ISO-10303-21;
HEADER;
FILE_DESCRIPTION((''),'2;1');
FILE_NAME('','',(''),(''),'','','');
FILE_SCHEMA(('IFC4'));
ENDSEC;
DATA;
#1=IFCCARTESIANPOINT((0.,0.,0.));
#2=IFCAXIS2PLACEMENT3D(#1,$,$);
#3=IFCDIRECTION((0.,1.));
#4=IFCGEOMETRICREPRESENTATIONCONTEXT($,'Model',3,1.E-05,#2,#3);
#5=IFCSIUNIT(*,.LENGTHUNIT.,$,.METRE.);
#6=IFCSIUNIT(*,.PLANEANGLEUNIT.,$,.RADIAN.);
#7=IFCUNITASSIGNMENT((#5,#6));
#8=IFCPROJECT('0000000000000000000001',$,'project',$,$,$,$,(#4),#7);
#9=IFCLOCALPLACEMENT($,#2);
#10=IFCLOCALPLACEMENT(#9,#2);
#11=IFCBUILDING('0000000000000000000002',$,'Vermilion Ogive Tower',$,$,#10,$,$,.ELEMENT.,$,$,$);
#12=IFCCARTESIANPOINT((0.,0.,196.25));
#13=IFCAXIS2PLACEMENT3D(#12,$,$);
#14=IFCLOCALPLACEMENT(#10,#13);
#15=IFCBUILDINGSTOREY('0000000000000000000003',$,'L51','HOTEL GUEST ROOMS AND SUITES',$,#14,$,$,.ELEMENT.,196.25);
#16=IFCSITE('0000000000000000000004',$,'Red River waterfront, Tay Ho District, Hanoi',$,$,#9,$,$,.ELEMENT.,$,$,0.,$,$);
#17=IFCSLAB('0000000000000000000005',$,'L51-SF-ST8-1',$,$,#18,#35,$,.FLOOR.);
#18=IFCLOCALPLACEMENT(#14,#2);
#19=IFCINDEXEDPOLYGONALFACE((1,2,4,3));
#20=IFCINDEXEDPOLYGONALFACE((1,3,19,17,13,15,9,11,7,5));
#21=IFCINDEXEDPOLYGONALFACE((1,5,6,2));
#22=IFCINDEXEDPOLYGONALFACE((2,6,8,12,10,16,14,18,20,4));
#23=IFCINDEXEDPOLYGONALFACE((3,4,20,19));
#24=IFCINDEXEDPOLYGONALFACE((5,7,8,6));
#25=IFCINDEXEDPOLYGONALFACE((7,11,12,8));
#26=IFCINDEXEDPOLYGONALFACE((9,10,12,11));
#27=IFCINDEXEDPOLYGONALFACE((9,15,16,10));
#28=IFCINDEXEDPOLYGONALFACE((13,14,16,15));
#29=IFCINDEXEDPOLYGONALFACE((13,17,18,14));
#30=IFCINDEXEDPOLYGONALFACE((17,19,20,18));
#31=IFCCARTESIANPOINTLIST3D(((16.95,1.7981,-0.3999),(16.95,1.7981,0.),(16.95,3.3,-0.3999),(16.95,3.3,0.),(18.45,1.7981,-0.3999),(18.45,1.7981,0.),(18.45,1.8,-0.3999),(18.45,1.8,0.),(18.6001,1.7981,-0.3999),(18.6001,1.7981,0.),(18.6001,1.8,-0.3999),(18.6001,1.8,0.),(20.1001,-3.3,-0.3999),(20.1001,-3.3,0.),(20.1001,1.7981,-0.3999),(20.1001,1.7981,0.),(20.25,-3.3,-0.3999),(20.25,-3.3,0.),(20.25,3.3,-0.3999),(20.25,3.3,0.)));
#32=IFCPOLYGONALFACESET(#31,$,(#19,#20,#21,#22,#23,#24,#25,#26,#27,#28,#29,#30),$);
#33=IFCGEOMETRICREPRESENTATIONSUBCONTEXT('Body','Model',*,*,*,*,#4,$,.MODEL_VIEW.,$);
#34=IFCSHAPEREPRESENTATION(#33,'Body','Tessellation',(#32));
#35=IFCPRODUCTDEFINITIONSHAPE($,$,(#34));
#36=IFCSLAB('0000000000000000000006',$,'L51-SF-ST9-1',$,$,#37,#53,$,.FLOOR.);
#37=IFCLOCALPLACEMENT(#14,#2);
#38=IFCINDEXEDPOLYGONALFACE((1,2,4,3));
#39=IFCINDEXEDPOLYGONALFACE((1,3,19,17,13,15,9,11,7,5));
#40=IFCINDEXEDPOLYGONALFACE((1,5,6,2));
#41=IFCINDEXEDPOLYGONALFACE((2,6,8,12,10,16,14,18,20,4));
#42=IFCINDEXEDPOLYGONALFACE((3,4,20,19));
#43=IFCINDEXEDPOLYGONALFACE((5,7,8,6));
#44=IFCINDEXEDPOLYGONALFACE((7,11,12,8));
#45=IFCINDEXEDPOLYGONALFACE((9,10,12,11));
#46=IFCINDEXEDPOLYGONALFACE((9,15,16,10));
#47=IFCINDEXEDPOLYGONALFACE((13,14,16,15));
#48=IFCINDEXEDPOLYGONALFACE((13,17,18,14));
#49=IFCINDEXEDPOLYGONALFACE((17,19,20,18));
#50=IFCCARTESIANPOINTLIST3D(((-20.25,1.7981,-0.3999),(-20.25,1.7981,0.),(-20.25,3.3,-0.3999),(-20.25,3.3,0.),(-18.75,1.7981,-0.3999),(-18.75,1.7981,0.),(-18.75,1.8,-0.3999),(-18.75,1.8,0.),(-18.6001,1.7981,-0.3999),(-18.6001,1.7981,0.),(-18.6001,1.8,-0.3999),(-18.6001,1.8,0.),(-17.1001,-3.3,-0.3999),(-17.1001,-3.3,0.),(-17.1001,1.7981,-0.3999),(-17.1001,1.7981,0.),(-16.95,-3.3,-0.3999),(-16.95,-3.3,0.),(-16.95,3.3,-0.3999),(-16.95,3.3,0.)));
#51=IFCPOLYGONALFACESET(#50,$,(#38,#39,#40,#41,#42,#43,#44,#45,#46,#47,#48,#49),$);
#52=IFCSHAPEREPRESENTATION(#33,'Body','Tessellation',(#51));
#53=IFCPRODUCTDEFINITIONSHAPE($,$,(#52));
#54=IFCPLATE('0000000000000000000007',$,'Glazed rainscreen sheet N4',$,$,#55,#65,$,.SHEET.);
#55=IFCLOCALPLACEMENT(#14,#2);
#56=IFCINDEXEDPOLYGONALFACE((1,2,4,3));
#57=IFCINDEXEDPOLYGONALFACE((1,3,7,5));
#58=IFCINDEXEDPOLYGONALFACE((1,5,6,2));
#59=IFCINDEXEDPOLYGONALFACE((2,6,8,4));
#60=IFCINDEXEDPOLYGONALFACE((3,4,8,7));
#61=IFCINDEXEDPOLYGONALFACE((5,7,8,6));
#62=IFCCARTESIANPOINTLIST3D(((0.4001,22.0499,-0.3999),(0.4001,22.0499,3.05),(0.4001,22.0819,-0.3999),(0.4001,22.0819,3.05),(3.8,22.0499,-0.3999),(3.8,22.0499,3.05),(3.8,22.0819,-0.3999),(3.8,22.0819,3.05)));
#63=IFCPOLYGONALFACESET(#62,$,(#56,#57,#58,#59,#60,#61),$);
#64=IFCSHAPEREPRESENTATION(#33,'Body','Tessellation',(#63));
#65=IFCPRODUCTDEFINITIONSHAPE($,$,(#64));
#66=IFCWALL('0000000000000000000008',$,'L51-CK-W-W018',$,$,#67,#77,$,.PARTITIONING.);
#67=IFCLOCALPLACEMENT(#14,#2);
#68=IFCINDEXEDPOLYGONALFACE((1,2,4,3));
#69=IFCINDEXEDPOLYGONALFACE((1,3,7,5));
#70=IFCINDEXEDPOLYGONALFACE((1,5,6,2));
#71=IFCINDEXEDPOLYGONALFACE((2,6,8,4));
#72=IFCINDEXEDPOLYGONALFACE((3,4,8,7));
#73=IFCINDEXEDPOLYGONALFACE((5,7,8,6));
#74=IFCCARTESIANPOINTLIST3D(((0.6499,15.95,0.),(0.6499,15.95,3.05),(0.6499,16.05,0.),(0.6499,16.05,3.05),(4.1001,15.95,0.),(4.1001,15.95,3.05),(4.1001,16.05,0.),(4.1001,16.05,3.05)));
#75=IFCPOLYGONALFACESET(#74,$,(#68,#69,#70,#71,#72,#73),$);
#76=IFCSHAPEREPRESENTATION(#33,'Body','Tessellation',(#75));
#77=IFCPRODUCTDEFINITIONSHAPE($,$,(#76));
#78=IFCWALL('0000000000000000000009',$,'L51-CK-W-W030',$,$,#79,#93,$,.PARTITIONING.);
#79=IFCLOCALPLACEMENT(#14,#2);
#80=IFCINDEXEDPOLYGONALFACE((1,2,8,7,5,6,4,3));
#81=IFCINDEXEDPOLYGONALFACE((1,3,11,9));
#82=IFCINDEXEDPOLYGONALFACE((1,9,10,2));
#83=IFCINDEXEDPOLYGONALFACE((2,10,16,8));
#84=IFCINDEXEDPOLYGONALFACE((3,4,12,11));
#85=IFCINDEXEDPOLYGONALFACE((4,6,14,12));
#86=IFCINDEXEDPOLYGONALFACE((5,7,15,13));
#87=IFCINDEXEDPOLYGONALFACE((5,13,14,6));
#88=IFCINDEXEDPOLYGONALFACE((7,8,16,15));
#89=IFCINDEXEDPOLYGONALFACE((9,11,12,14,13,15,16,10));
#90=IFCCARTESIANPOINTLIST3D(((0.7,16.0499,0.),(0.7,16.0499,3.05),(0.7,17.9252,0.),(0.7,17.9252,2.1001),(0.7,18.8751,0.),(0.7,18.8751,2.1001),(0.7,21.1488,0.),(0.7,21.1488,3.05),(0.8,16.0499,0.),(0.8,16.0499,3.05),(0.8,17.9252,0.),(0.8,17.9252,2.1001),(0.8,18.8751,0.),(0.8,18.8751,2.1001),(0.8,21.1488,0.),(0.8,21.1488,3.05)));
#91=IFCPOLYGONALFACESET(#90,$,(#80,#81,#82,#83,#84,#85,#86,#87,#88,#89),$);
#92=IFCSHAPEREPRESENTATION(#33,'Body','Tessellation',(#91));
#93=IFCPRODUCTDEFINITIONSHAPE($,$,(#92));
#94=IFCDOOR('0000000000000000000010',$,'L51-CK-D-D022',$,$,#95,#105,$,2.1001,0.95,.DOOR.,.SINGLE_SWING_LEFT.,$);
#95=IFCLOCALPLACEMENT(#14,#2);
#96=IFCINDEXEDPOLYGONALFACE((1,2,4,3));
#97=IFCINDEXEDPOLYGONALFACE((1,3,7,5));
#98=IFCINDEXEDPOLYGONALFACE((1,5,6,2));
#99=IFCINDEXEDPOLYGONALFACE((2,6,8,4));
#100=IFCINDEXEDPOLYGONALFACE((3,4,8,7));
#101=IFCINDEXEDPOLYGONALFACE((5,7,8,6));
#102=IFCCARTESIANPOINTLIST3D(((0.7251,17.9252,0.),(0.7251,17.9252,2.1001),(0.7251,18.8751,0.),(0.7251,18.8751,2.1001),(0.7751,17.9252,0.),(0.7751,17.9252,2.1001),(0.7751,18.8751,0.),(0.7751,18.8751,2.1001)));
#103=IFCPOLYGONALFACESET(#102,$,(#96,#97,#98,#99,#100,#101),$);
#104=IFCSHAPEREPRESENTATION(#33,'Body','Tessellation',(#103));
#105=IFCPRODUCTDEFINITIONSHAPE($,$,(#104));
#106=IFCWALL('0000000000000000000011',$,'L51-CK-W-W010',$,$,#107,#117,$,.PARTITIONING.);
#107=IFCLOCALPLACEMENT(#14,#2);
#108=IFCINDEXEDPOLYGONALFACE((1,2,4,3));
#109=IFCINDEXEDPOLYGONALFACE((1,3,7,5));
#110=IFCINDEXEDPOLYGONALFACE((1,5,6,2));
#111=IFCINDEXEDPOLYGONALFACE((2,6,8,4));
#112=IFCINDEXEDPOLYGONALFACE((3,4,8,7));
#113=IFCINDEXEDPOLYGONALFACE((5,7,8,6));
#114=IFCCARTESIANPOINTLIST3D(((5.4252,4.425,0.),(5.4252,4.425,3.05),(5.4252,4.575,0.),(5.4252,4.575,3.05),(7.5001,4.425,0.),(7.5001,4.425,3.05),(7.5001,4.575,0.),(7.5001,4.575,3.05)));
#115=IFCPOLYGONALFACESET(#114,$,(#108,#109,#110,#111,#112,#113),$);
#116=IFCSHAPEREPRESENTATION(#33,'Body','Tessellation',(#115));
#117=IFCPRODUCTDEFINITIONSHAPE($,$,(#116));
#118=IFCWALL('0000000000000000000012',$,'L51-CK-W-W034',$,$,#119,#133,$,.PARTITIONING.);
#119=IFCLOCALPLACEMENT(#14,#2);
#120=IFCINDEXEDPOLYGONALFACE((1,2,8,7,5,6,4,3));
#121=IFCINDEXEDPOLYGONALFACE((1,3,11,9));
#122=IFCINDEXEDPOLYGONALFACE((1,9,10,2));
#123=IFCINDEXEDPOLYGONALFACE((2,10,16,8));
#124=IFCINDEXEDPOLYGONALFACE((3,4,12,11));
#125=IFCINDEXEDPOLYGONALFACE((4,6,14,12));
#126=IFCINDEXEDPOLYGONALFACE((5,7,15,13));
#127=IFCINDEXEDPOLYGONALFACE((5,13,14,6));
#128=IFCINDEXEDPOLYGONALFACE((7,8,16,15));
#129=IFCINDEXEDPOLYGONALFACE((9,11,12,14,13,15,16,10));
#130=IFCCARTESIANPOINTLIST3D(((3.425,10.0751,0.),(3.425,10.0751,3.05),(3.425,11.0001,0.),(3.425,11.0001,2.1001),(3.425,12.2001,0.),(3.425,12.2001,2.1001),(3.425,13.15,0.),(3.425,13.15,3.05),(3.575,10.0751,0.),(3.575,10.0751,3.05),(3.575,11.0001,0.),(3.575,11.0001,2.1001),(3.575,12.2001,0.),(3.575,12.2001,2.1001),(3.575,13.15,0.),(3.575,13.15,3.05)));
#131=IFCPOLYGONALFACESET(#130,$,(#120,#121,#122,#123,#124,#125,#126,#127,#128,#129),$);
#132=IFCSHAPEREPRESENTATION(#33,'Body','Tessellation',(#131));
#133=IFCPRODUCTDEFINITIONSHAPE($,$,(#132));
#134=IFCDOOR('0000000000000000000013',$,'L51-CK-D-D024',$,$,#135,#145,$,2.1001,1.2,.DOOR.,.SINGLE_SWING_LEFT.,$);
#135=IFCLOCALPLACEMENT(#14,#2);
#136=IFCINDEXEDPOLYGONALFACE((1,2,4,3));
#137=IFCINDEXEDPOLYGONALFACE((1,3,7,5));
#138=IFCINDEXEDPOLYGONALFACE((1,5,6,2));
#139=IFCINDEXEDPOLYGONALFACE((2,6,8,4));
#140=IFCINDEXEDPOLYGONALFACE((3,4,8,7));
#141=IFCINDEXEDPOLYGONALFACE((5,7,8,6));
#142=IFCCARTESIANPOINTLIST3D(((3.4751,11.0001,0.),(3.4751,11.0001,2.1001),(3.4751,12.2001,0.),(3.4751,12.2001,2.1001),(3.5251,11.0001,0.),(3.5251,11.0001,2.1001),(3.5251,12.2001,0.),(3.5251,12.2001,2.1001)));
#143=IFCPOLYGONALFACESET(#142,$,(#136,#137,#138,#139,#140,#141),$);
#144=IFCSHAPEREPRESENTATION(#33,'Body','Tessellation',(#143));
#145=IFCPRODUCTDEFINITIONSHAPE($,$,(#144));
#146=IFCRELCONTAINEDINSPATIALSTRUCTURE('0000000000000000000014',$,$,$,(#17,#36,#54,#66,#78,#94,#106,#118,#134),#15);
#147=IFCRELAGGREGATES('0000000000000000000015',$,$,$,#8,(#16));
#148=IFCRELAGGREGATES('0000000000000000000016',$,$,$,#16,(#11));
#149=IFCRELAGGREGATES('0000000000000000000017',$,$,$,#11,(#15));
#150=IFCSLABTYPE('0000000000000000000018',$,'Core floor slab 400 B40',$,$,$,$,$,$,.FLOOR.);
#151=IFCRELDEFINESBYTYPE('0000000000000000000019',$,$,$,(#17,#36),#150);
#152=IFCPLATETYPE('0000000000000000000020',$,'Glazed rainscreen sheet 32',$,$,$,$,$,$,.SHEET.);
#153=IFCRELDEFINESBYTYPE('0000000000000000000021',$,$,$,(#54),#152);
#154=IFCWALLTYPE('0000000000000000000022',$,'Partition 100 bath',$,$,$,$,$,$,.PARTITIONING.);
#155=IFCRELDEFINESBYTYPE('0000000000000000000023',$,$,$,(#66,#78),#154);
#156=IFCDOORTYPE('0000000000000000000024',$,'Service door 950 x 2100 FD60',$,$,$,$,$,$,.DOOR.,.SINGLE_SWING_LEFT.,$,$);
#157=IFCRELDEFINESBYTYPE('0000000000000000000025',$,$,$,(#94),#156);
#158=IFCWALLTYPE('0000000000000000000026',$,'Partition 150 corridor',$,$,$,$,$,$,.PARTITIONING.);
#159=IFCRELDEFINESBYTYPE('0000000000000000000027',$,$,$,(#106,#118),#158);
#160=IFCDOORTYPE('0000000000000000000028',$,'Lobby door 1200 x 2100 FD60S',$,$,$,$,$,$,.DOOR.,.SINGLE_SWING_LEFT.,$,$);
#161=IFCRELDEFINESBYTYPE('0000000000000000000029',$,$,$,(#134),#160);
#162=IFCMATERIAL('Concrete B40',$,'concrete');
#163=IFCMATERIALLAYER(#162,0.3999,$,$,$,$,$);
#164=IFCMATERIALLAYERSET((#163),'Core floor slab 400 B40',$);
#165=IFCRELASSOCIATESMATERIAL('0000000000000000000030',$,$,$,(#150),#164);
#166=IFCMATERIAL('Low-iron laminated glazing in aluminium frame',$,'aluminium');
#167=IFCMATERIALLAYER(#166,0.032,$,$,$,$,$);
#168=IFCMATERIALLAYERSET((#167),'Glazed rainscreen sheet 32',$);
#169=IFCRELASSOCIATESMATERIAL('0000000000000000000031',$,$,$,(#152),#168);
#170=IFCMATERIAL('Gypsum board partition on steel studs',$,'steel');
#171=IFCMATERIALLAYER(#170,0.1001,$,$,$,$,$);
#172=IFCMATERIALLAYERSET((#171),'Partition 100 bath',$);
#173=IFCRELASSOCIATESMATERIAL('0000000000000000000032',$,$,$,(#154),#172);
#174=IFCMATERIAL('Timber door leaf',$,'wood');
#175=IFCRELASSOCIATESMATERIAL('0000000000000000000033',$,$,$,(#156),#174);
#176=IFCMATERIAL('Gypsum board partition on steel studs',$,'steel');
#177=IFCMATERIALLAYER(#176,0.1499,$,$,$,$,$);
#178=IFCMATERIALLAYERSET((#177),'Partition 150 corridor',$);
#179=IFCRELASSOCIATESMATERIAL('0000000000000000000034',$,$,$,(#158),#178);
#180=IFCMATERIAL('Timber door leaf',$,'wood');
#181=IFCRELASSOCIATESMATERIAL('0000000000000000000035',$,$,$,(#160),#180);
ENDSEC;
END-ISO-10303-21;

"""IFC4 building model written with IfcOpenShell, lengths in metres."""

from ifc_helpers import new_model, si_unit, direction, frame, frame_2d, origin, origin_2d, place, context, subcontext, project, spatial, polyline, rectangle, outline, extrude, material, layer, layer_set, type_object, element, fill, save


model = new_model("IFC4")

# Units and contexts
model_context = context("Model", 3, precision=1e-05, world=origin(), true_north=direction((0.0, 1.0)))
body_context = subcontext(model_context, "Body", "Model", "MODEL_VIEW")
ifc_project = project(units=[si_unit("LENGTHUNIT", "METRE"), si_unit("PLANEANGLEUNIT", "RADIAN")], contexts=[model_context])

# Site, building, storey
site_placement = place(None, origin())
site = spatial("IfcSite", under=ifc_project, at=site_placement, Name="Red River waterfront, Tay Ho District, Hanoi", CompositionType="ELEMENT", RefElevation=0.0)
building_placement = place(site_placement, origin())
building = spatial("IfcBuilding", under=site, at=building_placement, Name="Vermilion Ogive Tower", CompositionType="ELEMENT")
storey_placement = place(building_placement, frame((0.0, 0.0, 196.25)))
storey = spatial("IfcBuildingStorey", under=building, at=storey_placement, Name="L51", Description="HOTEL GUEST ROOMS AND SUITES", CompositionType="ELEMENT", Elevation=196.25)

# Slabs
ifc_material_1 = material(Name="Concrete B40", Category="concrete")
ifc_layer_1 = layer(ifc_material_1, 0.3999)
ifc_layer_set_1 = layer_set([ifc_layer_1], Name="Core floor slab 400 B40")
slab_type = type_object("IfcSlabType", Name="Core floor slab 400 B40", PredefinedType="FLOOR", material=ifc_layer_set_1)
slab_1_placement = place(storey_placement, frame((0.0, 0.0, -0.3999)))
element("IfcSlab", 1, at=slab_1_placement, inside=storey, type_object=slab_type, Name="L51-SF-ST8-1", PredefinedType="FLOOR", context=body_context, shape_type="SweptSolid", body=[
    extrude(outline(polyline([(16.95, 3.3), (16.95, 1.7981), (18.45, 1.7981), (18.45, 1.8), (18.6001, 1.8), (18.6001, 1.7981), (20.1001, 1.7981), (20.1001, -3.3), (20.25, -3.3), (20.25, 3.3), (16.95, 3.3)])), origin(), (0.0, 0.0, 1.0), 0.3999),
])
slab_2_placement = place(storey_placement, frame((0.0, 0.0, -0.3999)))
element("IfcSlab", 2, at=slab_2_placement, inside=storey, type_object=slab_type, Name="L51-SF-ST9-1", PredefinedType="FLOOR", context=body_context, shape_type="SweptSolid", body=[
    extrude(outline(polyline([(-20.25, 3.3), (-20.25, 1.7981), (-18.75, 1.7981), (-18.75, 1.8), (-18.6001, 1.8), (-18.6001, 1.7981), (-17.1001, 1.7981), (-17.1001, -3.3), (-16.95, -3.3), (-16.95, 3.3), (-20.25, 3.3)])), origin(), (0.0, 0.0, 1.0), 0.3999),
])

# Plate
ifc_material_2 = material(Name="Low-iron laminated glazing in aluminium frame", Category="aluminium")
ifc_layer_2 = layer(ifc_material_2, 0.032)
ifc_layer_set_2 = layer_set([ifc_layer_2], Name="Glazed rainscreen sheet 32")
plate_type = type_object("IfcPlateType", Name="Glazed rainscreen sheet 32", PredefinedType="SHEET", material=ifc_layer_set_2)
plate_placement = place(storey_placement, frame((2.1001, 22.0659, -0.3999), z_axis=(0.0, 0.0, 1.0), x_axis=(1.0, 0.0, 0.0)))
element("IfcPlate", 3, at=plate_placement, inside=storey, type_object=plate_type, Name="Glazed rainscreen sheet N4", PredefinedType="SHEET", context=body_context, shape_type="SweptSolid", body=[
    extrude(rectangle(XDim=3.3999, YDim=0.032, at=origin_2d()), origin(), (0.0, 0.0, 1.0), 3.45),
])

# Wall
ifc_material_3 = material(Name="Gypsum board partition on steel studs", Category="steel")
ifc_layer_3 = layer(ifc_material_3, 0.1001)
ifc_layer_set_3 = layer_set([ifc_layer_3], Name="Partition 100 bath")
wall_type_1 = type_object("IfcWallType", Name="Partition 100 bath", PredefinedType="PARTITIONING", material=ifc_layer_set_3)
wall_1_placement = place(storey_placement, frame((0.6499, 16.0, 0.0), z_axis=(0.0, 0.0, 1.0), x_axis=(1.0, 0.0, 0.0)))
element("IfcWall", 4, at=wall_1_placement, inside=storey, type_object=wall_type_1, Name="L51-CK-W-W018", PredefinedType="PARTITIONING", context=body_context, shape_type="SweptSolid", body=[
    extrude(rectangle(XDim=3.4502, YDim=0.1001, at=frame_2d((1.7251, 0.0))), origin(), (0.0, 0.0, 1.0), 3.05),
])

# Wall, opening, door
wall_2_placement = place(storey_placement, frame((0.75, 16.05, 0.0), z_axis=(0.0, 0.0, 1.0), x_axis=(0.0, 1.0, 0.0)))
wall_2 = element("IfcWall", 5, at=wall_2_placement, inside=storey, type_object=wall_type_1, Name="L51-CK-W-W030", PredefinedType="PARTITIONING", context=body_context, shape_type="SweptSolid", body=[
    extrude(rectangle(XDim=5.0989, YDim=0.1001, at=frame_2d((2.5493, 0.0))), origin(), (0.0, 0.0, 1.0), 3.05),
])
opening_1_placement = place(wall_2_placement, frame((1.875, 0.0, 0.0)))
opening_1 = element("IfcOpeningElement", 6, at=opening_1_placement, cuts=wall_2, PredefinedType="OPENING", context=body_context, shape_type="SweptSolid", body=[
    extrude(rectangle(XDim=0.95, YDim=2.1001, at=frame_2d((0.4751, 1.05))), frame((0.0, 0.0601, 0.0), z_axis=(0.0, -1.0, 0.0), x_axis=(1.0, 0.0, 0.0)), (0.0, 0.0, 1.0), 0.1201),
])
ifc_material_4 = material(Name="Timber door leaf", Category="wood")
door_type_1 = type_object("IfcDoorType", Name="Service door 950 x 2100 FD60", OperationType="SINGLE_SWING_LEFT", PredefinedType="DOOR", material=ifc_material_4)
door_1_placement = place(opening_1_placement, origin())
door_1 = element("IfcDoor", 7, at=door_1_placement, inside=storey, type_object=door_type_1, Name="L51-CK-D-D022", OperationType="SINGLE_SWING_LEFT", OverallHeight=2.1001, OverallWidth=0.95, PredefinedType="DOOR", context=body_context, shape_type="SweptSolid", body=[
    extrude(rectangle(XDim=0.95, YDim=2.1001, at=frame_2d((0.4751, 1.05))), frame((0.0, 0.0249, 0.0), z_axis=(0.0, -1.0, 0.0), x_axis=(1.0, 0.0, 0.0)), (0.0, 0.0, 1.0), 0.05),
])
fill(opening_1, door_1)

# Wall
ifc_material_5 = material(Name="Gypsum board partition on steel studs", Category="steel")
ifc_layer_4 = layer(ifc_material_5, 0.1499)
ifc_layer_set_4 = layer_set([ifc_layer_4], Name="Partition 150 corridor")
wall_type_2 = type_object("IfcWallType", Name="Partition 150 corridor", PredefinedType="PARTITIONING", material=ifc_layer_set_4)
wall_3_placement = place(storey_placement, frame((5.425, 4.5, 0.0), z_axis=(0.0, 0.0, 1.0), x_axis=(1.0, 0.0, 0.0)))
element("IfcWall", 8, at=wall_3_placement, inside=storey, type_object=wall_type_2, Name="L51-CK-W-W010", PredefinedType="PARTITIONING", context=body_context, shape_type="SweptSolid", body=[
    extrude(rectangle(XDim=2.075, YDim=0.1499, at=frame_2d((1.0376, 0.0))), origin(), (0.0, 0.0, 1.0), 3.05),
])

# Wall, opening, door
wall_4_placement = place(storey_placement, frame((3.5, 10.075, 0.0), z_axis=(0.0, 0.0, 1.0), x_axis=(0.0, 1.0, 0.0)))
wall_4 = element("IfcWall", 9, at=wall_4_placement, inside=storey, type_object=wall_type_2, Name="L51-CK-W-W034", PredefinedType="PARTITIONING", context=body_context, shape_type="SweptSolid", body=[
    extrude(rectangle(XDim=3.075, YDim=0.1499, at=frame_2d((1.5376, 0.0))), origin(), (0.0, 0.0, 1.0), 3.05),
])
opening_2_placement = place(wall_4_placement, frame((0.925, 0.0, 0.0)))
opening_2 = element("IfcOpeningElement", 10, at=opening_2_placement, cuts=wall_4, PredefinedType="OPENING", context=body_context, shape_type="SweptSolid", body=[
    extrude(rectangle(XDim=1.2, YDim=2.1001, at=frame_2d((0.6001, 1.05))), frame((0.0, 0.085, 0.0), z_axis=(0.0, -1.0, 0.0), x_axis=(1.0, 0.0, 0.0)), (0.0, 0.0, 1.0), 0.1699),
])
ifc_material_6 = material(Name="Timber door leaf", Category="wood")
door_type_2 = type_object("IfcDoorType", Name="Lobby door 1200 x 2100 FD60S", OperationType="SINGLE_SWING_LEFT", PredefinedType="DOOR", material=ifc_material_6)
door_2_placement = place(opening_2_placement, origin())
door_2 = element("IfcDoor", 11, at=door_2_placement, inside=storey, type_object=door_type_2, Name="L51-CK-D-D024", OperationType="SINGLE_SWING_LEFT", OverallHeight=2.1001, OverallWidth=1.2, PredefinedType="DOOR", context=body_context, shape_type="SweptSolid", body=[
    extrude(rectangle(XDim=1.2, YDim=2.1001, at=frame_2d((0.6001, 1.05))), frame((0.0, 0.0249, 0.0), z_axis=(0.0, -1.0, 0.0), x_axis=(1.0, 0.0, 0.0)), (0.0, 0.0, 1.0), 0.05),
])
fill(opening_2, door_2)

save(model, "model.ifc")
